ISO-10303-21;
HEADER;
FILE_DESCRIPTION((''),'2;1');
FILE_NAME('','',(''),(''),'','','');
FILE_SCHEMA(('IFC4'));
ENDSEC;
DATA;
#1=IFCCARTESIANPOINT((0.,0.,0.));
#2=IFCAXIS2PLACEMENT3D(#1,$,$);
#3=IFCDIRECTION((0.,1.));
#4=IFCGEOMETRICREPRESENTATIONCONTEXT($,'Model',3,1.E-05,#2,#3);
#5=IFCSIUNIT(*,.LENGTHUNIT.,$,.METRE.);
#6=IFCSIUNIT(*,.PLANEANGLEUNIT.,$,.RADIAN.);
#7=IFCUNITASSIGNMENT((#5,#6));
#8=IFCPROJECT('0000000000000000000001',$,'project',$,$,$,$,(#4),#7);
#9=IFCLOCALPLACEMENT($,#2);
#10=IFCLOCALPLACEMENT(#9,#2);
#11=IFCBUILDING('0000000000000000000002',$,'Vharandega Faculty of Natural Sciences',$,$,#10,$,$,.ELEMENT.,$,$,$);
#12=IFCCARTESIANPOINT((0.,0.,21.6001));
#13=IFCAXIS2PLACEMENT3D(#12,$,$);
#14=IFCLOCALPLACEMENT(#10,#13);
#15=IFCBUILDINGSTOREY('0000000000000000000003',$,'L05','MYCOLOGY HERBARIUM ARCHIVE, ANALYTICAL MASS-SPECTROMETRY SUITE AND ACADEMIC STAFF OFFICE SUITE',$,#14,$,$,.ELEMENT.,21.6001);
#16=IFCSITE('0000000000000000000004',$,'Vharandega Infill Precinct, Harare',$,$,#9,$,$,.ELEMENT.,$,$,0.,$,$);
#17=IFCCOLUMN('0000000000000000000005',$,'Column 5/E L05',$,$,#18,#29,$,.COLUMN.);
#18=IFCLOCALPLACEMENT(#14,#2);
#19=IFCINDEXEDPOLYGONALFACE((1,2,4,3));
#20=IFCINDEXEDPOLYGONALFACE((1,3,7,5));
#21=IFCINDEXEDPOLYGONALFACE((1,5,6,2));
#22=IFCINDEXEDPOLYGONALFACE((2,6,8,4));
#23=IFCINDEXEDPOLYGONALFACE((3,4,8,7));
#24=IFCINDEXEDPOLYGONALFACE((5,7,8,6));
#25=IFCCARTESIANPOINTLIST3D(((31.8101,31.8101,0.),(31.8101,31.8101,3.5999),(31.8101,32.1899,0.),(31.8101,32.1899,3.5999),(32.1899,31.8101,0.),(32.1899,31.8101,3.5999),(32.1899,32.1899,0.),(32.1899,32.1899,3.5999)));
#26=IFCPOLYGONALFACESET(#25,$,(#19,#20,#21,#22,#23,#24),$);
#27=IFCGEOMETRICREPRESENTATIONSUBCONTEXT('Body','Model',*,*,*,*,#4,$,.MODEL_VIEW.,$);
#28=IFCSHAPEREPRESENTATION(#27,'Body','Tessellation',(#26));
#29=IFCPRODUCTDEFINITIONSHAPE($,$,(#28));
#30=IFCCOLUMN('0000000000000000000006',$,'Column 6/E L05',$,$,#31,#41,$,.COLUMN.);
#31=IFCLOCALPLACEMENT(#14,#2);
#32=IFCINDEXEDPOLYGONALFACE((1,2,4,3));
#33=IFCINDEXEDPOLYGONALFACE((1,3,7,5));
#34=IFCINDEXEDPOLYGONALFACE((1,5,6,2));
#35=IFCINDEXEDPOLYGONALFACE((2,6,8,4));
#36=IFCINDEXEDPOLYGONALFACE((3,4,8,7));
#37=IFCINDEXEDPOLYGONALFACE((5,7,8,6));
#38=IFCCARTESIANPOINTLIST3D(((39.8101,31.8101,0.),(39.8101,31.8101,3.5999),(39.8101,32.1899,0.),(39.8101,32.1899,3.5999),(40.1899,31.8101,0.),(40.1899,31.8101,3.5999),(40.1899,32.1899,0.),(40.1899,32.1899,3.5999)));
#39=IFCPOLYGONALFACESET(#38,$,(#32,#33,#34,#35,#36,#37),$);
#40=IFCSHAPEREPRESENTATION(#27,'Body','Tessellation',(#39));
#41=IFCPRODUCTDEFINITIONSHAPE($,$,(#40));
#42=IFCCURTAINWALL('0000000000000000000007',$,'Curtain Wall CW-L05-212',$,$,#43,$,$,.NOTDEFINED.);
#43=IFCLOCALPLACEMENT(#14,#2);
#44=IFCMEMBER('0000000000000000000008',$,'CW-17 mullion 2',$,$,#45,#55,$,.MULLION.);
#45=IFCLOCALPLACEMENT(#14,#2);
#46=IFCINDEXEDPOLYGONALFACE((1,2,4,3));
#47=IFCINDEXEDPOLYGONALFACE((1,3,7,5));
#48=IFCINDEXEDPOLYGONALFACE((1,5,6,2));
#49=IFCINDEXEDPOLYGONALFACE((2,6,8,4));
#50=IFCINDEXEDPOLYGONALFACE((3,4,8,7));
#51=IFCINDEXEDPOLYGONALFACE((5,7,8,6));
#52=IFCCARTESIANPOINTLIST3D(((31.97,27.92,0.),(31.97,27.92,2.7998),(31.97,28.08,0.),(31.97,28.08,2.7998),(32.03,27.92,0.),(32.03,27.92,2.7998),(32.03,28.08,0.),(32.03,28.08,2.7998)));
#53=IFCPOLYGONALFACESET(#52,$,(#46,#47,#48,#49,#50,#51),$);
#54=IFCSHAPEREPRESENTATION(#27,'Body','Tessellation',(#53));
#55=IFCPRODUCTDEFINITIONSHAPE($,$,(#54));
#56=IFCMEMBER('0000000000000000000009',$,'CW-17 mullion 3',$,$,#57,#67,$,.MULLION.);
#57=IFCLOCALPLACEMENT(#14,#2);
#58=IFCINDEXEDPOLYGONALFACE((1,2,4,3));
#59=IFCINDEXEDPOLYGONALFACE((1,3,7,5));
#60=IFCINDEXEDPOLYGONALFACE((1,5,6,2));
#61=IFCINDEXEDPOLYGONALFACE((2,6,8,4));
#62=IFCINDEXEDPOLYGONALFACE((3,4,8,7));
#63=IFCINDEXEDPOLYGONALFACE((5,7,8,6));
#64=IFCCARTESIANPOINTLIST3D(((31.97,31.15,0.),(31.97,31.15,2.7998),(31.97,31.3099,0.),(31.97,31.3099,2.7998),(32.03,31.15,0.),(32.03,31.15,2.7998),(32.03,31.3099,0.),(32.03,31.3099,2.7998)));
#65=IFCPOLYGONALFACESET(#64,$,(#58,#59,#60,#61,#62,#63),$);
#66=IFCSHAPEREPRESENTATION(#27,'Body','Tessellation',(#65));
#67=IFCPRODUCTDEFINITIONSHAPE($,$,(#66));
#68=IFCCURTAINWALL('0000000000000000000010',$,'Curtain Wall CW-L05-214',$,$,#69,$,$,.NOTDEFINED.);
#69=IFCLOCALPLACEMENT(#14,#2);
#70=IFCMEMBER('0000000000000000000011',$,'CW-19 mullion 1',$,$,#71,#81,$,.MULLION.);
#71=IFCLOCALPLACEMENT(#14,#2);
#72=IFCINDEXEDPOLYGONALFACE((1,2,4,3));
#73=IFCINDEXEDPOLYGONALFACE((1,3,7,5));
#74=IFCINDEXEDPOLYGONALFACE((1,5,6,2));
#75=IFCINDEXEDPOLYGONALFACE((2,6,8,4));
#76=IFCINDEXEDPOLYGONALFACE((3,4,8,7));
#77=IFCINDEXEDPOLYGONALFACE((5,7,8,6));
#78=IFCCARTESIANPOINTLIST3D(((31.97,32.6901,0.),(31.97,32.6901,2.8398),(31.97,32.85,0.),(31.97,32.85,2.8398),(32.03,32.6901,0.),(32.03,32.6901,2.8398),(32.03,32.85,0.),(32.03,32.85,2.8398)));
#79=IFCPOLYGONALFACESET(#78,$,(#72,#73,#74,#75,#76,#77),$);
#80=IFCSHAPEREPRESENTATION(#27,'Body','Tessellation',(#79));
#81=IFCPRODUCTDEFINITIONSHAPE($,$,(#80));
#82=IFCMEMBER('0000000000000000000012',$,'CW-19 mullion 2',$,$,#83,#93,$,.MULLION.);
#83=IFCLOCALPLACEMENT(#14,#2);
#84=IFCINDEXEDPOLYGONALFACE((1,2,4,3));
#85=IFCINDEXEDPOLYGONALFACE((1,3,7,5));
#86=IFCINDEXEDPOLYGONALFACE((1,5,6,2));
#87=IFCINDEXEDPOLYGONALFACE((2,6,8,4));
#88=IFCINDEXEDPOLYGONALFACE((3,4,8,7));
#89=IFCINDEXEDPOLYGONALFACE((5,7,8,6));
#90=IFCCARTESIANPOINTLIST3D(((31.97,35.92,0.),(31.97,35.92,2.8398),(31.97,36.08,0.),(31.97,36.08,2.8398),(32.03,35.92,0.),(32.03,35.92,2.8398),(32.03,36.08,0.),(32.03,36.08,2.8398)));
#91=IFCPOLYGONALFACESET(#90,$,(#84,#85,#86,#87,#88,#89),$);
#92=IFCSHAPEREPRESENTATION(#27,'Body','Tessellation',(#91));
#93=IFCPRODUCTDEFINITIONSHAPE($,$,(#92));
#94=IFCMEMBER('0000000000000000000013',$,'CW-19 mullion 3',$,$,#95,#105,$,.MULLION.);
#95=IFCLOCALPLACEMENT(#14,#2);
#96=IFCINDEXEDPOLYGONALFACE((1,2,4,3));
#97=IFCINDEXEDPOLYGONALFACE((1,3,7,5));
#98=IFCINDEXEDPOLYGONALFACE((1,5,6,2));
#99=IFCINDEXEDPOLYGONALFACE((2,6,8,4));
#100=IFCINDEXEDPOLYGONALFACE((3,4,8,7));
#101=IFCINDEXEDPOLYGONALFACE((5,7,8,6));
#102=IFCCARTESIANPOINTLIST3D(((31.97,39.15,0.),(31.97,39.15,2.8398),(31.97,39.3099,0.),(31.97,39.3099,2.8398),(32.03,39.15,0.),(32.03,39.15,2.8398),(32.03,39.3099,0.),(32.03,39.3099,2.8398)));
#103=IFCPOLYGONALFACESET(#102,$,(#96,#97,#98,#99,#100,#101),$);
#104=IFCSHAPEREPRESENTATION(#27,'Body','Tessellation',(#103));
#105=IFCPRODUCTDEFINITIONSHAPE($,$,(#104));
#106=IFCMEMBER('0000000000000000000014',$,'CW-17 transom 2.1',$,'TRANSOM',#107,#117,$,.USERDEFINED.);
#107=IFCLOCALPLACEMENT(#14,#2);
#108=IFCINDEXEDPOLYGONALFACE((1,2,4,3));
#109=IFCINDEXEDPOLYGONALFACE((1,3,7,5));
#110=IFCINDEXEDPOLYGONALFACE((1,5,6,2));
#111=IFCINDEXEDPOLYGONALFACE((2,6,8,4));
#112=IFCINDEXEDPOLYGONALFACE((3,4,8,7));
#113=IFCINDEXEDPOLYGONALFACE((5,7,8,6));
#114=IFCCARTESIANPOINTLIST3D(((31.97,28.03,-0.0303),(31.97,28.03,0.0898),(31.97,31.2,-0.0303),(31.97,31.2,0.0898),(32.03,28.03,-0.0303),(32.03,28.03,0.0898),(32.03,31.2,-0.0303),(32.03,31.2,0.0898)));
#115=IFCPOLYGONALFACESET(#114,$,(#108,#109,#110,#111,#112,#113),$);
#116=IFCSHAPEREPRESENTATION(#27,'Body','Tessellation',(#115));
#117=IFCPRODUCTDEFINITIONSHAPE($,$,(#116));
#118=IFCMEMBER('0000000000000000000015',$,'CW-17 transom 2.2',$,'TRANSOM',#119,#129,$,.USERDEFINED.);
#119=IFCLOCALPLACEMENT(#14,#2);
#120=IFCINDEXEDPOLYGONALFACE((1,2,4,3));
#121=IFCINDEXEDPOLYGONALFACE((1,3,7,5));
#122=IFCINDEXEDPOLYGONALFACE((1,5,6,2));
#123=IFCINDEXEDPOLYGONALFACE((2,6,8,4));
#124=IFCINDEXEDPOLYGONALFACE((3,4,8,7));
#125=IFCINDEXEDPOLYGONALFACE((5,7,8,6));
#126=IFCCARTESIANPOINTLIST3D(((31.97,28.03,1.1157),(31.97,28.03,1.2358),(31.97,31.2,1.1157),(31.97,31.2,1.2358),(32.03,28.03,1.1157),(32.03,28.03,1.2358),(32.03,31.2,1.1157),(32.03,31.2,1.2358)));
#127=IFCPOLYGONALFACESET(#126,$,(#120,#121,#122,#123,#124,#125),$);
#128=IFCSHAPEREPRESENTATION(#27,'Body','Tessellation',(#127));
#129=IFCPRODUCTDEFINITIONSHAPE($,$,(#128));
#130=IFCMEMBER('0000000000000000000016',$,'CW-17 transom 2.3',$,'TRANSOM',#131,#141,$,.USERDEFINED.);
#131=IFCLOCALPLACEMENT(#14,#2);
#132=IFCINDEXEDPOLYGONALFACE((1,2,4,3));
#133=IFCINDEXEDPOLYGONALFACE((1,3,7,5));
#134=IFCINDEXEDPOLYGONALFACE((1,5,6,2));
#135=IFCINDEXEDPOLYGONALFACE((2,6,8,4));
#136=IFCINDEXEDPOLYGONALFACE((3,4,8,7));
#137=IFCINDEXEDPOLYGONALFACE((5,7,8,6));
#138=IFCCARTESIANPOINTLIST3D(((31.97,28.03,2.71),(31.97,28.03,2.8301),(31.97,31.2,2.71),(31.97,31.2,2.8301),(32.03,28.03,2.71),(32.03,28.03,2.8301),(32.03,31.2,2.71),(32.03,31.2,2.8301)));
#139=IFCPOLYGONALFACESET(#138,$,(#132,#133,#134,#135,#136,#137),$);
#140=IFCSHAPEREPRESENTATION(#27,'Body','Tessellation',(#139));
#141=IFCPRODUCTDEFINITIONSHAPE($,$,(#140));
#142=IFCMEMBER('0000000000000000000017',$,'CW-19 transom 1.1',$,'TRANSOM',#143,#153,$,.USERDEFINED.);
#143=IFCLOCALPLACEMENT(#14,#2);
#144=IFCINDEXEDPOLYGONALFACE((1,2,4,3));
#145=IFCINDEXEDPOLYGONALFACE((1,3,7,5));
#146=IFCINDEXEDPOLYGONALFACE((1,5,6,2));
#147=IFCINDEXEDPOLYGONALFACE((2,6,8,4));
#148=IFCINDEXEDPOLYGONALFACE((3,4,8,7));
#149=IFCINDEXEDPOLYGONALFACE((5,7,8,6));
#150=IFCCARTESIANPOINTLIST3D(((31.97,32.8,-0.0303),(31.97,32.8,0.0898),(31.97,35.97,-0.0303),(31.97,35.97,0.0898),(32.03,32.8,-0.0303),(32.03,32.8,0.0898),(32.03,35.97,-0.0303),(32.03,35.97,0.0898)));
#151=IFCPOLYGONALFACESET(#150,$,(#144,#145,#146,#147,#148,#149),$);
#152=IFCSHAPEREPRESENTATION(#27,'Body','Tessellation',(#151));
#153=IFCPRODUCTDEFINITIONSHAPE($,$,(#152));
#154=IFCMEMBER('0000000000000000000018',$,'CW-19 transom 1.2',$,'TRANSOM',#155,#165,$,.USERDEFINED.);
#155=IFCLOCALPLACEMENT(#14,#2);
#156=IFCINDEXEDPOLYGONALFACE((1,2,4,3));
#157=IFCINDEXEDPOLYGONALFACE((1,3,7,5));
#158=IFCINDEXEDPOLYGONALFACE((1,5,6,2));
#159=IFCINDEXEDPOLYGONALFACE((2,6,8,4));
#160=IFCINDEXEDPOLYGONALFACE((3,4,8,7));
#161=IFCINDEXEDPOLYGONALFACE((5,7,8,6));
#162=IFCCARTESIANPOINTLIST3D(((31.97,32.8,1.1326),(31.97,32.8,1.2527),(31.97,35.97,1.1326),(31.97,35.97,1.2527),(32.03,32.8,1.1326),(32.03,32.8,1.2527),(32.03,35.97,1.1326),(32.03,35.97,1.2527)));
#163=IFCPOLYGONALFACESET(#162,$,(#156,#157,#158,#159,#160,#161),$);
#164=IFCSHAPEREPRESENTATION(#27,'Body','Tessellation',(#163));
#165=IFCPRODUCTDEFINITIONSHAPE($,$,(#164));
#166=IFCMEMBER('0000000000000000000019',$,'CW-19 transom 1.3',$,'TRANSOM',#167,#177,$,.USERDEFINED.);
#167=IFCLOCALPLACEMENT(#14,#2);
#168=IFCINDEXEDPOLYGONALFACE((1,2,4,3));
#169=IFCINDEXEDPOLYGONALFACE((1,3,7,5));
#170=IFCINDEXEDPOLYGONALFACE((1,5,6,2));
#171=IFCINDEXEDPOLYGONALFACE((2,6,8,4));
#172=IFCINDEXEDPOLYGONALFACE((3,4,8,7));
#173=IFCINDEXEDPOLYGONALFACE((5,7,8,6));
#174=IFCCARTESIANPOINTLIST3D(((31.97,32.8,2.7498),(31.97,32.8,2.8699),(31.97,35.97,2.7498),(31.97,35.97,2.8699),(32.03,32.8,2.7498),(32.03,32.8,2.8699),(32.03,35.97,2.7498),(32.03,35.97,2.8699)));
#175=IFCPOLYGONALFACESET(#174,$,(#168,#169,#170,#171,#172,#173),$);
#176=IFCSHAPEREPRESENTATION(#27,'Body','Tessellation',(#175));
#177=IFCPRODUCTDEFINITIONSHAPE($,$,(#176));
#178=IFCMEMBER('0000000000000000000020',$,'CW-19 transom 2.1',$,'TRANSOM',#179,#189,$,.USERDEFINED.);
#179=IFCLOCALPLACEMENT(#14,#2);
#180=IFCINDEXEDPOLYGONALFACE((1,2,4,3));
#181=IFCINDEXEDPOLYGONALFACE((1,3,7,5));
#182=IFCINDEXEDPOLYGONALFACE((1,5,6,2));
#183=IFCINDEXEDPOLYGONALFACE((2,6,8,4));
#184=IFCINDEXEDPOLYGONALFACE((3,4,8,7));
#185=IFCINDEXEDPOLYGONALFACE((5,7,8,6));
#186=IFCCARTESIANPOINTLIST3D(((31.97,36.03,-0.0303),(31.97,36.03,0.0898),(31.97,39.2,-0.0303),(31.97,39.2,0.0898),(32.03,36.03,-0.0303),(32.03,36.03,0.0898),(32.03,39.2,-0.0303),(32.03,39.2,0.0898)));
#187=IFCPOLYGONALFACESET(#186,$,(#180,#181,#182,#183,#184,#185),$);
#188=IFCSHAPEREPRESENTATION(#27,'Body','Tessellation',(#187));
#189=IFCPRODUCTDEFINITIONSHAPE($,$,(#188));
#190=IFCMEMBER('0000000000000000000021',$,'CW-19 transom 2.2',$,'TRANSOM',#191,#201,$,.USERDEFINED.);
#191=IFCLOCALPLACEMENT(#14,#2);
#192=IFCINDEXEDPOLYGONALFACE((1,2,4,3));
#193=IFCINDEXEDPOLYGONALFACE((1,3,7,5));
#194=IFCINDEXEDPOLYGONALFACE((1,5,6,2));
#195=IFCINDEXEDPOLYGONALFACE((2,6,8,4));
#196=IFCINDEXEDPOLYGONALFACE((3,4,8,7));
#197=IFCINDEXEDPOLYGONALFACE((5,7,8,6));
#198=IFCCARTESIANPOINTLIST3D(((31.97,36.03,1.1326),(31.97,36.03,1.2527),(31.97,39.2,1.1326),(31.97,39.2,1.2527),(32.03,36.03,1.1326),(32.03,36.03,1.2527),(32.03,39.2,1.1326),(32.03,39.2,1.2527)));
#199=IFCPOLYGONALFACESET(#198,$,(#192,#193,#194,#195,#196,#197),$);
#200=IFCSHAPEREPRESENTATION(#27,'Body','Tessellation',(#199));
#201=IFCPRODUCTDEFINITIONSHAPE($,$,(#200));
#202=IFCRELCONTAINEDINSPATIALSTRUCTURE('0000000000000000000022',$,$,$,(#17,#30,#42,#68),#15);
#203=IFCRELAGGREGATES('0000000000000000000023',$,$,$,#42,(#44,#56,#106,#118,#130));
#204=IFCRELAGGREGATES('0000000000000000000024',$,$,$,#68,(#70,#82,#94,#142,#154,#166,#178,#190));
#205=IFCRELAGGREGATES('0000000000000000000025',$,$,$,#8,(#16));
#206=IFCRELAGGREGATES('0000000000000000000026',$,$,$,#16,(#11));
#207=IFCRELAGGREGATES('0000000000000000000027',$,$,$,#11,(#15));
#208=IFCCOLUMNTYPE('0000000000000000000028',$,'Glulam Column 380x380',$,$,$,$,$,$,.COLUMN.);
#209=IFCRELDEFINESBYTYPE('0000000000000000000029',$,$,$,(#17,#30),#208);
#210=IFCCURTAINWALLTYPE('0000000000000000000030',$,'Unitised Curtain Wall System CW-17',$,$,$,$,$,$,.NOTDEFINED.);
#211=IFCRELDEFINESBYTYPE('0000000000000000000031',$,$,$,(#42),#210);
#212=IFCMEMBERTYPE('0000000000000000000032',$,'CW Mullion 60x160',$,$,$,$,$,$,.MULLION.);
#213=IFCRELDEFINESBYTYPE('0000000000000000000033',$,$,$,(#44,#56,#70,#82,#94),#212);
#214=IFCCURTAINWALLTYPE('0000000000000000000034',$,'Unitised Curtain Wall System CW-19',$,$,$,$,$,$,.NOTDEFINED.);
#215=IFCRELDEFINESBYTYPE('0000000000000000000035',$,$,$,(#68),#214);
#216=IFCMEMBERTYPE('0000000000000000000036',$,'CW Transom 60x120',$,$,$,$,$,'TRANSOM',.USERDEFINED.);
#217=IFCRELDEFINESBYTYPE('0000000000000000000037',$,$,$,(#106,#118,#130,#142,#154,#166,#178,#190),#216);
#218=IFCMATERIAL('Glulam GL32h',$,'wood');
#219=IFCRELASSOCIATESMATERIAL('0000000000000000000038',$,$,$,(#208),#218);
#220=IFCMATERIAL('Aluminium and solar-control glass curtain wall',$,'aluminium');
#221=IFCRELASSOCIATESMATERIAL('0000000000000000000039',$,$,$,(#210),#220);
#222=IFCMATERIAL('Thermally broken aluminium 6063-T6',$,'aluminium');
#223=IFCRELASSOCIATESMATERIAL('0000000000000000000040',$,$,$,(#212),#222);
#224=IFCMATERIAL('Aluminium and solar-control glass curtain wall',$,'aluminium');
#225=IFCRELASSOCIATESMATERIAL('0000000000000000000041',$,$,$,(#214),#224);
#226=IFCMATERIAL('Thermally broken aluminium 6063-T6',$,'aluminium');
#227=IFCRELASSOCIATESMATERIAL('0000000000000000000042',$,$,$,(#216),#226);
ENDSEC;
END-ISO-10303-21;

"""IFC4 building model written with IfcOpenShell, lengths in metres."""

from ifc_helpers import new_model, si_unit, direction, frame, origin, origin_2d, place, context, subcontext, project, spatial, rectangle, extrude, material, material_profile, profile_set, type_object, element, aggregate, save


model = new_model("IFC4")

# Units and contexts
model_context = context("Model", 3, precision=1e-05, world=origin(), true_north=direction((0.0, 1.0)))
body_context = subcontext(model_context, "Body", "Model", "MODEL_VIEW")
ifc_project = project(units=[si_unit("LENGTHUNIT", "METRE"), si_unit("PLANEANGLEUNIT", "RADIAN")], contexts=[model_context])

# Site, building, storey
site_placement = place(None, origin())
site = spatial("IfcSite", under=ifc_project, at=site_placement, Name="Vharandega Infill Precinct, Harare", CompositionType="ELEMENT", RefElevation=0.0)
building_placement = place(site_placement, origin())
building = spatial("IfcBuilding", under=site, at=building_placement, Name="Vharandega Faculty of Natural Sciences", CompositionType="ELEMENT")
storey_placement = place(building_placement, frame((0.0, 0.0, 21.6001)))
storey = spatial("IfcBuildingStorey", under=building, at=storey_placement, Name="L05", Description="MYCOLOGY HERBARIUM ARCHIVE, ANALYTICAL MASS-SPECTROMETRY SUITE AND ACADEMIC STAFF OFFICE SUITE", CompositionType="ELEMENT", Elevation=21.6001)

# Columns
ifc_material_1 = material(Name="Glulam GL32h", Category="wood")
ifc_material_profile_1 = material_profile(ifc_material_1, rectangle(XDim=0.3799, YDim=0.3799, at=origin_2d()), Name="GL32h 380x380")
ifc_profile_set_1 = profile_set([ifc_material_profile_1], Name="Glulam GL32h")
column_type = type_object("IfcColumnType", Name="Glulam Column 380x380", PredefinedType="COLUMN", material=ifc_profile_set_1)
for number, where, z_axis, x_axis, name in (
    (1, (32.0, 32.0, 0.0), (0.0, 0.0, 1.0), (1.0, 0.0, 0.0), "Column 5/E L05"),
    (2, (40.0, 32.0, 0.0), (0.0, 0.0, 1.0), (1.0, 0.0, 0.0), "Column 6/E L05"),
):
    element("IfcColumn", number, at=place(storey_placement, frame(where, z_axis=z_axis, x_axis=x_axis)), inside=storey, type_object=column_type, Name=name, PredefinedType="COLUMN", context=body_context, shape_type="SweptSolid", body=[
        extrude(rectangle(XDim=0.3799, YDim=0.3799, at=origin_2d()), origin(), (0.0, 0.0, 1.0), 3.5999),
    ])

# Curtain walls, members
ifc_material_2 = material(Name="Aluminium and solar-control glass curtain wall", Category="aluminium")
curtain_wall_type_1 = type_object("IfcCurtainWallType", Name="Unitised Curtain Wall System CW-17", PredefinedType="NOTDEFINED", material=ifc_material_2)
curtain_wall_1_placement = place(storey_placement, origin())
curtain_wall_1 = element("IfcCurtainWall", 3, at=curtain_wall_1_placement, inside=storey, type_object=curtain_wall_type_1, Name="Curtain Wall CW-L05-212", PredefinedType="NOTDEFINED")
ifc_material_3 = material(Name="Thermally broken aluminium 6063-T6", Category="aluminium")
ifc_material_profile_2 = material_profile(ifc_material_3, rectangle(XDim=0.0601, YDim=0.1599, at=origin_2d()), Name="ALU 60x160")
ifc_profile_set_2 = profile_set([ifc_material_profile_2], Name="Thermally broken aluminium 6063-T6")
member_type_1 = type_object("IfcMemberType", Name="CW Mullion 60x160", PredefinedType="MULLION", material=ifc_profile_set_2)
member_1_placement = place(storey_placement, frame((32.0, 28.0, 0.0), z_axis=(0.0, 0.0, 1.0), x_axis=(-1.0, 0.0, 0.0)))
member_1 = element("IfcMember", 4, at=member_1_placement, type_object=member_type_1, Name="CW-17 mullion 2", PredefinedType="MULLION", context=body_context, shape_type="SweptSolid", body=[
    extrude(rectangle(XDim=0.0601, YDim=0.1599, at=origin_2d()), origin(), (0.0, 0.0, 1.0), 2.7998),
])
member_2_placement = place(storey_placement, frame((32.0, 31.23, 0.0), z_axis=(0.0, 0.0, 1.0), x_axis=(-1.0, 0.0, 0.0)))
member_2 = element("IfcMember", 5, at=member_2_placement, type_object=member_type_1, Name="CW-17 mullion 3", PredefinedType="MULLION", context=body_context, shape_type="SweptSolid", body=[
    extrude(rectangle(XDim=0.0601, YDim=0.1599, at=origin_2d()), origin(), (0.0, 0.0, 1.0), 2.7998),
])
ifc_material_4 = material(Name="Aluminium and solar-control glass curtain wall", Category="aluminium")
curtain_wall_type_2 = type_object("IfcCurtainWallType", Name="Unitised Curtain Wall System CW-19", PredefinedType="NOTDEFINED", material=ifc_material_4)
curtain_wall_2_placement = place(storey_placement, origin())
curtain_wall_2 = element("IfcCurtainWall", 6, at=curtain_wall_2_placement, inside=storey, type_object=curtain_wall_type_2, Name="Curtain Wall CW-L05-214", PredefinedType="NOTDEFINED")
member_3_placement = place(storey_placement, frame((32.0, 32.77, 0.0), z_axis=(0.0, 0.0, 1.0), x_axis=(-1.0, 0.0, 0.0)))
member_3 = element("IfcMember", 7, at=member_3_placement, type_object=member_type_1, Name="CW-19 mullion 1", PredefinedType="MULLION", context=body_context, shape_type="SweptSolid", body=[
    extrude(rectangle(XDim=0.0601, YDim=0.1599, at=origin_2d()), origin(), (0.0, 0.0, 1.0), 2.8398),
])
member_4_placement = place(storey_placement, frame((32.0, 36.0, 0.0), z_axis=(0.0, 0.0, 1.0), x_axis=(-1.0, 0.0, 0.0)))
member_4 = element("IfcMember", 8, at=member_4_placement, type_object=member_type_1, Name="CW-19 mullion 2", PredefinedType="MULLION", context=body_context, shape_type="SweptSolid", body=[
    extrude(rectangle(XDim=0.0601, YDim=0.1599, at=origin_2d()), origin(), (0.0, 0.0, 1.0), 2.8398),
])
member_5_placement = place(storey_placement, frame((32.0, 39.23, 0.0), z_axis=(0.0, 0.0, 1.0), x_axis=(-1.0, 0.0, 0.0)))
member_5 = element("IfcMember", 9, at=member_5_placement, type_object=member_type_1, Name="CW-19 mullion 3", PredefinedType="MULLION", context=body_context, shape_type="SweptSolid", body=[
    extrude(rectangle(XDim=0.0601, YDim=0.1599, at=origin_2d()), origin(), (0.0, 0.0, 1.0), 2.8398),
])

# Members
ifc_material_5 = material(Name="Thermally broken aluminium 6063-T6", Category="aluminium")
ifc_material_profile_3 = material_profile(ifc_material_5, rectangle(XDim=0.0601, YDim=0.1201, at=origin_2d()), Name="ALU 60x120")
ifc_profile_set_3 = profile_set([ifc_material_profile_3], Name="Thermally broken aluminium 6063-T6")
member_type_2 = type_object("IfcMemberType", Name="CW Transom 60x120", ElementType="TRANSOM", PredefinedType="USERDEFINED", material=ifc_profile_set_3)
member_6_placement = place(storey_placement, frame((32.0, 28.03, 0.0298), z_axis=(0.0, 1.0, 0.0), x_axis=(-1.0, 0.0, 0.0)))
member_6 = element("IfcMember", 10, at=member_6_placement, type_object=member_type_2, Name="CW-17 transom 2.1", ObjectType="TRANSOM", PredefinedType="USERDEFINED", context=body_context, shape_type="SweptSolid", body=[
    extrude(rectangle(XDim=0.0601, YDim=0.1201, at=origin_2d()), origin(), (0.0, 0.0, 1.0), 3.1699),
])
member_7_placement = place(storey_placement, frame((32.0, 28.03, 1.1758), z_axis=(0.0, 1.0, 0.0), x_axis=(-1.0, 0.0, 0.0)))
member_7 = element("IfcMember", 11, at=member_7_placement, type_object=member_type_2, Name="CW-17 transom 2.2", ObjectType="TRANSOM", PredefinedType="USERDEFINED", context=body_context, shape_type="SweptSolid", body=[
    extrude(rectangle(XDim=0.0601, YDim=0.1201, at=origin_2d()), origin(), (0.0, 0.0, 1.0), 3.1699),
])
member_8_placement = place(storey_placement, frame((32.0, 28.03, 2.77), z_axis=(0.0, 1.0, 0.0), x_axis=(-1.0, 0.0, 0.0)))
member_8 = element("IfcMember", 12, at=member_8_placement, type_object=member_type_2, Name="CW-17 transom 2.3", ObjectType="TRANSOM", PredefinedType="USERDEFINED", context=body_context, shape_type="SweptSolid", body=[
    extrude(rectangle(XDim=0.0601, YDim=0.1201, at=origin_2d()), origin(), (0.0, 0.0, 1.0), 3.1699),
])
member_9_placement = place(storey_placement, frame((32.0, 32.8, 0.0298), z_axis=(0.0, 1.0, 0.0), x_axis=(-1.0, 0.0, 0.0)))
member_9 = element("IfcMember", 13, at=member_9_placement, type_object=member_type_2, Name="CW-19 transom 1.1", ObjectType="TRANSOM", PredefinedType="USERDEFINED", context=body_context, shape_type="SweptSolid", body=[
    extrude(rectangle(XDim=0.0601, YDim=0.1201, at=origin_2d()), origin(), (0.0, 0.0, 1.0), 3.1699),
])
member_10_placement = place(storey_placement, frame((32.0, 32.8, 1.1926), z_axis=(0.0, 1.0, 0.0), x_axis=(-1.0, 0.0, 0.0)))
member_10 = element("IfcMember", 14, at=member_10_placement, type_object=member_type_2, Name="CW-19 transom 1.2", ObjectType="TRANSOM", PredefinedType="USERDEFINED", context=body_context, shape_type="SweptSolid", body=[
    extrude(rectangle(XDim=0.0601, YDim=0.1201, at=origin_2d()), origin(), (0.0, 0.0, 1.0), 3.1699),
])
member_11_placement = place(storey_placement, frame((32.0, 32.8, 2.8098), z_axis=(0.0, 1.0, 0.0), x_axis=(-1.0, 0.0, 0.0)))
member_11 = element("IfcMember", 15, at=member_11_placement, type_object=member_type_2, Name="CW-19 transom 1.3", ObjectType="TRANSOM", PredefinedType="USERDEFINED", context=body_context, shape_type="SweptSolid", body=[
    extrude(rectangle(XDim=0.0601, YDim=0.1201, at=origin_2d()), origin(), (0.0, 0.0, 1.0), 3.1699),
])
member_12_placement = place(storey_placement, frame((32.0, 36.03, 0.0298), z_axis=(0.0, 1.0, 0.0), x_axis=(-1.0, 0.0, 0.0)))
member_12 = element("IfcMember", 16, at=member_12_placement, type_object=member_type_2, Name="CW-19 transom 2.1", ObjectType="TRANSOM", PredefinedType="USERDEFINED", context=body_context, shape_type="SweptSolid", body=[
    extrude(rectangle(XDim=0.0601, YDim=0.1201, at=origin_2d()), origin(), (0.0, 0.0, 1.0), 3.1699),
])
member_13_placement = place(storey_placement, frame((32.0, 36.03, 1.1926), z_axis=(0.0, 1.0, 0.0), x_axis=(-1.0, 0.0, 0.0)))
member_13 = element("IfcMember", 17, at=member_13_placement, type_object=member_type_2, Name="CW-19 transom 2.2", ObjectType="TRANSOM", PredefinedType="USERDEFINED", context=body_context, shape_type="SweptSolid", body=[
    extrude(rectangle(XDim=0.0601, YDim=0.1201, at=origin_2d()), origin(), (0.0, 0.0, 1.0), 3.1699),
])

aggregate(curtain_wall_1, [member_1, member_2, member_6, member_7, member_8])
aggregate(curtain_wall_2, [member_3, member_4, member_5, member_9, member_10, member_11, member_12, member_13])

save(model, "model.ifc")
